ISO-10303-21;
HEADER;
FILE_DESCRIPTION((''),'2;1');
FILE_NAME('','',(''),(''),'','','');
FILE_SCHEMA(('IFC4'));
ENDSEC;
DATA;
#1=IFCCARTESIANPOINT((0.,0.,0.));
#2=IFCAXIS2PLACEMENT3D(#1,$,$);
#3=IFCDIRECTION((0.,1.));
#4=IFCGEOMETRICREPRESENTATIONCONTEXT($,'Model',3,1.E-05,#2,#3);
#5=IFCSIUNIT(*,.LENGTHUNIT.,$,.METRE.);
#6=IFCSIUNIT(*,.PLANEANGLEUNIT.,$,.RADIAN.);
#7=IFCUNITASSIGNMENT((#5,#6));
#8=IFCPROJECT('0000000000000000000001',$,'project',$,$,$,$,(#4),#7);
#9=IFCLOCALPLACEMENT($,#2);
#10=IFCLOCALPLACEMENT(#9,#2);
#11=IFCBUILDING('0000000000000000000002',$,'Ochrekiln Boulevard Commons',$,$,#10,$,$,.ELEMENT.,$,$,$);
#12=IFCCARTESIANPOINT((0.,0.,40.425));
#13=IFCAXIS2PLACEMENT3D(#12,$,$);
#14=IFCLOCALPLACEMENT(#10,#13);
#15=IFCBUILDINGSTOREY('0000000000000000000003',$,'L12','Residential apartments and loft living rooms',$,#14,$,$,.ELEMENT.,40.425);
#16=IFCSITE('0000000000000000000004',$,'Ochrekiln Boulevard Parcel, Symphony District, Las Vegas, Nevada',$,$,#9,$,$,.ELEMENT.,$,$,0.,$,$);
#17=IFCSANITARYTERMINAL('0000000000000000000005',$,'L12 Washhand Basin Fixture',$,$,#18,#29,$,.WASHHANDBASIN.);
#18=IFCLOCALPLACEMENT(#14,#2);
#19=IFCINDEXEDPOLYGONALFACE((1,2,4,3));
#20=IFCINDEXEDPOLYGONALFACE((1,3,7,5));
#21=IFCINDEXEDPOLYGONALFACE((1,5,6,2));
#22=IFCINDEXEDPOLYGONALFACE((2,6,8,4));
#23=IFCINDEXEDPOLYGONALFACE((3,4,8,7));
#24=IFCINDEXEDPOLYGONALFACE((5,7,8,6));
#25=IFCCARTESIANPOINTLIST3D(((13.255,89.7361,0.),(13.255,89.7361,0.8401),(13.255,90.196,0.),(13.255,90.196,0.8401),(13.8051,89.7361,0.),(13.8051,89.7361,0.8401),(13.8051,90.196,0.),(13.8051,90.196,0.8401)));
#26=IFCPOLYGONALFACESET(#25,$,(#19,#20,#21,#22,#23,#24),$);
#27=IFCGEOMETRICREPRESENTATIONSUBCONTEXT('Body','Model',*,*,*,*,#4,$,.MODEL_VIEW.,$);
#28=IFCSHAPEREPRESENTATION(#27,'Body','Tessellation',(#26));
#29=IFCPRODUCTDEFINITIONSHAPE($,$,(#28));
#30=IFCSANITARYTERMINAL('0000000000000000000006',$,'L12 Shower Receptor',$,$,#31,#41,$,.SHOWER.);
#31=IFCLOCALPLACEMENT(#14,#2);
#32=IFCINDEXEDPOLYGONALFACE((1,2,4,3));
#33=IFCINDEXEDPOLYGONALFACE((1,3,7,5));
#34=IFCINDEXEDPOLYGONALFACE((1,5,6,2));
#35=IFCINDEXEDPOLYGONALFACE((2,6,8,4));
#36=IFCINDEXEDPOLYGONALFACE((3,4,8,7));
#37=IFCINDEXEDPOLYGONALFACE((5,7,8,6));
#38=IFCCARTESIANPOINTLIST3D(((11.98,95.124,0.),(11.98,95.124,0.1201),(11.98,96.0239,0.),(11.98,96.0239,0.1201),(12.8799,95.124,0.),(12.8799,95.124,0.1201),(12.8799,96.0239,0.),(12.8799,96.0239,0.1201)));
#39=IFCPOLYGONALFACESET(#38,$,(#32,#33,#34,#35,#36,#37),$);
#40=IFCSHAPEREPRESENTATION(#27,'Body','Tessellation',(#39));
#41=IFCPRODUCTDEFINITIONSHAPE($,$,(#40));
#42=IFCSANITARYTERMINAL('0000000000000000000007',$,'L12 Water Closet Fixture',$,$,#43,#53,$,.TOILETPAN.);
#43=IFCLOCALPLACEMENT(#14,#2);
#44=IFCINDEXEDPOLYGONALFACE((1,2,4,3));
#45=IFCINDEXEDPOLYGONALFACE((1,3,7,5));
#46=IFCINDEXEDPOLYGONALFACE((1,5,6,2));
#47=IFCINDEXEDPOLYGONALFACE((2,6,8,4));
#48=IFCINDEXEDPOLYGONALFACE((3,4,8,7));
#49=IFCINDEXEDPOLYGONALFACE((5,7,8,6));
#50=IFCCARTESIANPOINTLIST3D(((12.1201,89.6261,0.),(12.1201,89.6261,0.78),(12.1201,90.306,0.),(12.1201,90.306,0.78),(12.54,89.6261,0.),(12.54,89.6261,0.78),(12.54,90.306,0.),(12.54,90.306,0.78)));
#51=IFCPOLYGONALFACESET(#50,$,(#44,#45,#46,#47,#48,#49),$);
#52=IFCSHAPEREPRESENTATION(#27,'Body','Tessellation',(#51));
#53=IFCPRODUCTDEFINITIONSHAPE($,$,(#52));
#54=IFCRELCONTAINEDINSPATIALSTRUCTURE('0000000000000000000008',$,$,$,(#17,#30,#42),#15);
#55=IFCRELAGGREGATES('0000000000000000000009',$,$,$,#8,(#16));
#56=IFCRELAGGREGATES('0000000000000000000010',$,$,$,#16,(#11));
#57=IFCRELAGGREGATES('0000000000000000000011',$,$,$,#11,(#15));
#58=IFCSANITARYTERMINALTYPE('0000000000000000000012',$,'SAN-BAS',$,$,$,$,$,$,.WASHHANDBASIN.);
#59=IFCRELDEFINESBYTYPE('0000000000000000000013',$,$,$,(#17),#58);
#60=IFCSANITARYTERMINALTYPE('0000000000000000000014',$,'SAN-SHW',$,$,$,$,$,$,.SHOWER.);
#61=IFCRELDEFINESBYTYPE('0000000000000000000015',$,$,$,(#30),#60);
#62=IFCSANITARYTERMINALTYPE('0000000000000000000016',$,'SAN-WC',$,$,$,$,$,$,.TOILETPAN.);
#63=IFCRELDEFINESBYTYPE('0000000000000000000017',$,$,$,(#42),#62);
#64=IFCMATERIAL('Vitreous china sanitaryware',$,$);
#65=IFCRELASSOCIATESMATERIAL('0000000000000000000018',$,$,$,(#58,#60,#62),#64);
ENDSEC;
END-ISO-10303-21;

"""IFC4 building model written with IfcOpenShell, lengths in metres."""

from ifc_helpers import new_model, si_unit, direction, frame, origin, origin_2d, place, context, subcontext, project, spatial, rectangle, extrude, material, type_object, element, save


model = new_model("IFC4")

# Units and contexts
model_context = context("Model", 3, precision=1e-05, world=origin(), true_north=direction((0.0, 1.0)))
body_context = subcontext(model_context, "Body", "Model", "MODEL_VIEW")
ifc_project = project(units=[si_unit("LENGTHUNIT", "METRE"), si_unit("PLANEANGLEUNIT", "RADIAN")], contexts=[model_context])

# Site, building, storey
site_placement = place(None, origin())
site = spatial("IfcSite", under=ifc_project, at=site_placement, Name="Ochrekiln Boulevard Parcel, Symphony District, Las Vegas, Nevada", CompositionType="ELEMENT", RefElevation=0.0)
building_placement = place(site_placement, origin())
building = spatial("IfcBuilding", under=site, at=building_placement, Name="Ochrekiln Boulevard Commons", CompositionType="ELEMENT")
storey_placement = place(building_placement, frame((0.0, 0.0, 40.425)))
storey = spatial("IfcBuildingStorey", under=building, at=storey_placement, Name="L12", Description="Residential apartments and loft living rooms", CompositionType="ELEMENT", Elevation=40.425)

# Sanitary terminals
ifc_material_1 = material(Name="Vitreous china sanitaryware")
sanitary_terminal_type_1 = type_object("IfcSanitaryTerminalType", Name="SAN-BAS", PredefinedType="WASHHANDBASIN", material=ifc_material_1)
sanitary_terminal_1_placement = place(storey_placement, frame((13.53, 89.9661, 0.0), z_axis=(0.0, 0.0, 1.0), x_axis=(1.0, 0.0, 0.0)))
element("IfcSanitaryTerminal", 1, at=sanitary_terminal_1_placement, inside=storey, type_object=sanitary_terminal_type_1, Name="L12 Washhand Basin Fixture", PredefinedType="WASHHANDBASIN", context=body_context, shape_type="SweptSolid", body=[
    extrude(rectangle(XDim=0.55, YDim=0.46, at=origin_2d()), origin(), (0.0, 0.0, 1.0), 0.8401),
])
sanitary_terminal_type_2 = type_object("IfcSanitaryTerminalType", Name="SAN-SHW", PredefinedType="SHOWER", material=ifc_material_1)
sanitary_terminal_2_placement = place(storey_placement, frame((12.4299, 95.574, 0.0), z_axis=(0.0, 0.0, 1.0), x_axis=(1.0, 0.0, 0.0)))
element("IfcSanitaryTerminal", 2, at=sanitary_terminal_2_placement, inside=storey, type_object=sanitary_terminal_type_2, Name="L12 Shower Receptor", PredefinedType="SHOWER", context=body_context, shape_type="SweptSolid", body=[
    extrude(rectangle(XDim=0.8999, YDim=0.8999, at=origin_2d()), origin(), (0.0, 0.0, 1.0), 0.1201),
])
sanitary_terminal_type_3 = type_object("IfcSanitaryTerminalType", Name="SAN-WC", PredefinedType="TOILETPAN", material=ifc_material_1)
sanitary_terminal_3_placement = place(storey_placement, frame((12.3301, 89.9661, 0.0), z_axis=(0.0, 0.0, 1.0), x_axis=(1.0, 0.0, 0.0)))
element("IfcSanitaryTerminal", 3, at=sanitary_terminal_3_placement, inside=storey, type_object=sanitary_terminal_type_3, Name="L12 Water Closet Fixture", PredefinedType="TOILETPAN", context=body_context, shape_type="SweptSolid", body=[
    extrude(rectangle(XDim=0.4199, YDim=0.6799, at=origin_2d()), origin(), (0.0, 0.0, 1.0), 0.78),
])

save(model, "model.ifc")
